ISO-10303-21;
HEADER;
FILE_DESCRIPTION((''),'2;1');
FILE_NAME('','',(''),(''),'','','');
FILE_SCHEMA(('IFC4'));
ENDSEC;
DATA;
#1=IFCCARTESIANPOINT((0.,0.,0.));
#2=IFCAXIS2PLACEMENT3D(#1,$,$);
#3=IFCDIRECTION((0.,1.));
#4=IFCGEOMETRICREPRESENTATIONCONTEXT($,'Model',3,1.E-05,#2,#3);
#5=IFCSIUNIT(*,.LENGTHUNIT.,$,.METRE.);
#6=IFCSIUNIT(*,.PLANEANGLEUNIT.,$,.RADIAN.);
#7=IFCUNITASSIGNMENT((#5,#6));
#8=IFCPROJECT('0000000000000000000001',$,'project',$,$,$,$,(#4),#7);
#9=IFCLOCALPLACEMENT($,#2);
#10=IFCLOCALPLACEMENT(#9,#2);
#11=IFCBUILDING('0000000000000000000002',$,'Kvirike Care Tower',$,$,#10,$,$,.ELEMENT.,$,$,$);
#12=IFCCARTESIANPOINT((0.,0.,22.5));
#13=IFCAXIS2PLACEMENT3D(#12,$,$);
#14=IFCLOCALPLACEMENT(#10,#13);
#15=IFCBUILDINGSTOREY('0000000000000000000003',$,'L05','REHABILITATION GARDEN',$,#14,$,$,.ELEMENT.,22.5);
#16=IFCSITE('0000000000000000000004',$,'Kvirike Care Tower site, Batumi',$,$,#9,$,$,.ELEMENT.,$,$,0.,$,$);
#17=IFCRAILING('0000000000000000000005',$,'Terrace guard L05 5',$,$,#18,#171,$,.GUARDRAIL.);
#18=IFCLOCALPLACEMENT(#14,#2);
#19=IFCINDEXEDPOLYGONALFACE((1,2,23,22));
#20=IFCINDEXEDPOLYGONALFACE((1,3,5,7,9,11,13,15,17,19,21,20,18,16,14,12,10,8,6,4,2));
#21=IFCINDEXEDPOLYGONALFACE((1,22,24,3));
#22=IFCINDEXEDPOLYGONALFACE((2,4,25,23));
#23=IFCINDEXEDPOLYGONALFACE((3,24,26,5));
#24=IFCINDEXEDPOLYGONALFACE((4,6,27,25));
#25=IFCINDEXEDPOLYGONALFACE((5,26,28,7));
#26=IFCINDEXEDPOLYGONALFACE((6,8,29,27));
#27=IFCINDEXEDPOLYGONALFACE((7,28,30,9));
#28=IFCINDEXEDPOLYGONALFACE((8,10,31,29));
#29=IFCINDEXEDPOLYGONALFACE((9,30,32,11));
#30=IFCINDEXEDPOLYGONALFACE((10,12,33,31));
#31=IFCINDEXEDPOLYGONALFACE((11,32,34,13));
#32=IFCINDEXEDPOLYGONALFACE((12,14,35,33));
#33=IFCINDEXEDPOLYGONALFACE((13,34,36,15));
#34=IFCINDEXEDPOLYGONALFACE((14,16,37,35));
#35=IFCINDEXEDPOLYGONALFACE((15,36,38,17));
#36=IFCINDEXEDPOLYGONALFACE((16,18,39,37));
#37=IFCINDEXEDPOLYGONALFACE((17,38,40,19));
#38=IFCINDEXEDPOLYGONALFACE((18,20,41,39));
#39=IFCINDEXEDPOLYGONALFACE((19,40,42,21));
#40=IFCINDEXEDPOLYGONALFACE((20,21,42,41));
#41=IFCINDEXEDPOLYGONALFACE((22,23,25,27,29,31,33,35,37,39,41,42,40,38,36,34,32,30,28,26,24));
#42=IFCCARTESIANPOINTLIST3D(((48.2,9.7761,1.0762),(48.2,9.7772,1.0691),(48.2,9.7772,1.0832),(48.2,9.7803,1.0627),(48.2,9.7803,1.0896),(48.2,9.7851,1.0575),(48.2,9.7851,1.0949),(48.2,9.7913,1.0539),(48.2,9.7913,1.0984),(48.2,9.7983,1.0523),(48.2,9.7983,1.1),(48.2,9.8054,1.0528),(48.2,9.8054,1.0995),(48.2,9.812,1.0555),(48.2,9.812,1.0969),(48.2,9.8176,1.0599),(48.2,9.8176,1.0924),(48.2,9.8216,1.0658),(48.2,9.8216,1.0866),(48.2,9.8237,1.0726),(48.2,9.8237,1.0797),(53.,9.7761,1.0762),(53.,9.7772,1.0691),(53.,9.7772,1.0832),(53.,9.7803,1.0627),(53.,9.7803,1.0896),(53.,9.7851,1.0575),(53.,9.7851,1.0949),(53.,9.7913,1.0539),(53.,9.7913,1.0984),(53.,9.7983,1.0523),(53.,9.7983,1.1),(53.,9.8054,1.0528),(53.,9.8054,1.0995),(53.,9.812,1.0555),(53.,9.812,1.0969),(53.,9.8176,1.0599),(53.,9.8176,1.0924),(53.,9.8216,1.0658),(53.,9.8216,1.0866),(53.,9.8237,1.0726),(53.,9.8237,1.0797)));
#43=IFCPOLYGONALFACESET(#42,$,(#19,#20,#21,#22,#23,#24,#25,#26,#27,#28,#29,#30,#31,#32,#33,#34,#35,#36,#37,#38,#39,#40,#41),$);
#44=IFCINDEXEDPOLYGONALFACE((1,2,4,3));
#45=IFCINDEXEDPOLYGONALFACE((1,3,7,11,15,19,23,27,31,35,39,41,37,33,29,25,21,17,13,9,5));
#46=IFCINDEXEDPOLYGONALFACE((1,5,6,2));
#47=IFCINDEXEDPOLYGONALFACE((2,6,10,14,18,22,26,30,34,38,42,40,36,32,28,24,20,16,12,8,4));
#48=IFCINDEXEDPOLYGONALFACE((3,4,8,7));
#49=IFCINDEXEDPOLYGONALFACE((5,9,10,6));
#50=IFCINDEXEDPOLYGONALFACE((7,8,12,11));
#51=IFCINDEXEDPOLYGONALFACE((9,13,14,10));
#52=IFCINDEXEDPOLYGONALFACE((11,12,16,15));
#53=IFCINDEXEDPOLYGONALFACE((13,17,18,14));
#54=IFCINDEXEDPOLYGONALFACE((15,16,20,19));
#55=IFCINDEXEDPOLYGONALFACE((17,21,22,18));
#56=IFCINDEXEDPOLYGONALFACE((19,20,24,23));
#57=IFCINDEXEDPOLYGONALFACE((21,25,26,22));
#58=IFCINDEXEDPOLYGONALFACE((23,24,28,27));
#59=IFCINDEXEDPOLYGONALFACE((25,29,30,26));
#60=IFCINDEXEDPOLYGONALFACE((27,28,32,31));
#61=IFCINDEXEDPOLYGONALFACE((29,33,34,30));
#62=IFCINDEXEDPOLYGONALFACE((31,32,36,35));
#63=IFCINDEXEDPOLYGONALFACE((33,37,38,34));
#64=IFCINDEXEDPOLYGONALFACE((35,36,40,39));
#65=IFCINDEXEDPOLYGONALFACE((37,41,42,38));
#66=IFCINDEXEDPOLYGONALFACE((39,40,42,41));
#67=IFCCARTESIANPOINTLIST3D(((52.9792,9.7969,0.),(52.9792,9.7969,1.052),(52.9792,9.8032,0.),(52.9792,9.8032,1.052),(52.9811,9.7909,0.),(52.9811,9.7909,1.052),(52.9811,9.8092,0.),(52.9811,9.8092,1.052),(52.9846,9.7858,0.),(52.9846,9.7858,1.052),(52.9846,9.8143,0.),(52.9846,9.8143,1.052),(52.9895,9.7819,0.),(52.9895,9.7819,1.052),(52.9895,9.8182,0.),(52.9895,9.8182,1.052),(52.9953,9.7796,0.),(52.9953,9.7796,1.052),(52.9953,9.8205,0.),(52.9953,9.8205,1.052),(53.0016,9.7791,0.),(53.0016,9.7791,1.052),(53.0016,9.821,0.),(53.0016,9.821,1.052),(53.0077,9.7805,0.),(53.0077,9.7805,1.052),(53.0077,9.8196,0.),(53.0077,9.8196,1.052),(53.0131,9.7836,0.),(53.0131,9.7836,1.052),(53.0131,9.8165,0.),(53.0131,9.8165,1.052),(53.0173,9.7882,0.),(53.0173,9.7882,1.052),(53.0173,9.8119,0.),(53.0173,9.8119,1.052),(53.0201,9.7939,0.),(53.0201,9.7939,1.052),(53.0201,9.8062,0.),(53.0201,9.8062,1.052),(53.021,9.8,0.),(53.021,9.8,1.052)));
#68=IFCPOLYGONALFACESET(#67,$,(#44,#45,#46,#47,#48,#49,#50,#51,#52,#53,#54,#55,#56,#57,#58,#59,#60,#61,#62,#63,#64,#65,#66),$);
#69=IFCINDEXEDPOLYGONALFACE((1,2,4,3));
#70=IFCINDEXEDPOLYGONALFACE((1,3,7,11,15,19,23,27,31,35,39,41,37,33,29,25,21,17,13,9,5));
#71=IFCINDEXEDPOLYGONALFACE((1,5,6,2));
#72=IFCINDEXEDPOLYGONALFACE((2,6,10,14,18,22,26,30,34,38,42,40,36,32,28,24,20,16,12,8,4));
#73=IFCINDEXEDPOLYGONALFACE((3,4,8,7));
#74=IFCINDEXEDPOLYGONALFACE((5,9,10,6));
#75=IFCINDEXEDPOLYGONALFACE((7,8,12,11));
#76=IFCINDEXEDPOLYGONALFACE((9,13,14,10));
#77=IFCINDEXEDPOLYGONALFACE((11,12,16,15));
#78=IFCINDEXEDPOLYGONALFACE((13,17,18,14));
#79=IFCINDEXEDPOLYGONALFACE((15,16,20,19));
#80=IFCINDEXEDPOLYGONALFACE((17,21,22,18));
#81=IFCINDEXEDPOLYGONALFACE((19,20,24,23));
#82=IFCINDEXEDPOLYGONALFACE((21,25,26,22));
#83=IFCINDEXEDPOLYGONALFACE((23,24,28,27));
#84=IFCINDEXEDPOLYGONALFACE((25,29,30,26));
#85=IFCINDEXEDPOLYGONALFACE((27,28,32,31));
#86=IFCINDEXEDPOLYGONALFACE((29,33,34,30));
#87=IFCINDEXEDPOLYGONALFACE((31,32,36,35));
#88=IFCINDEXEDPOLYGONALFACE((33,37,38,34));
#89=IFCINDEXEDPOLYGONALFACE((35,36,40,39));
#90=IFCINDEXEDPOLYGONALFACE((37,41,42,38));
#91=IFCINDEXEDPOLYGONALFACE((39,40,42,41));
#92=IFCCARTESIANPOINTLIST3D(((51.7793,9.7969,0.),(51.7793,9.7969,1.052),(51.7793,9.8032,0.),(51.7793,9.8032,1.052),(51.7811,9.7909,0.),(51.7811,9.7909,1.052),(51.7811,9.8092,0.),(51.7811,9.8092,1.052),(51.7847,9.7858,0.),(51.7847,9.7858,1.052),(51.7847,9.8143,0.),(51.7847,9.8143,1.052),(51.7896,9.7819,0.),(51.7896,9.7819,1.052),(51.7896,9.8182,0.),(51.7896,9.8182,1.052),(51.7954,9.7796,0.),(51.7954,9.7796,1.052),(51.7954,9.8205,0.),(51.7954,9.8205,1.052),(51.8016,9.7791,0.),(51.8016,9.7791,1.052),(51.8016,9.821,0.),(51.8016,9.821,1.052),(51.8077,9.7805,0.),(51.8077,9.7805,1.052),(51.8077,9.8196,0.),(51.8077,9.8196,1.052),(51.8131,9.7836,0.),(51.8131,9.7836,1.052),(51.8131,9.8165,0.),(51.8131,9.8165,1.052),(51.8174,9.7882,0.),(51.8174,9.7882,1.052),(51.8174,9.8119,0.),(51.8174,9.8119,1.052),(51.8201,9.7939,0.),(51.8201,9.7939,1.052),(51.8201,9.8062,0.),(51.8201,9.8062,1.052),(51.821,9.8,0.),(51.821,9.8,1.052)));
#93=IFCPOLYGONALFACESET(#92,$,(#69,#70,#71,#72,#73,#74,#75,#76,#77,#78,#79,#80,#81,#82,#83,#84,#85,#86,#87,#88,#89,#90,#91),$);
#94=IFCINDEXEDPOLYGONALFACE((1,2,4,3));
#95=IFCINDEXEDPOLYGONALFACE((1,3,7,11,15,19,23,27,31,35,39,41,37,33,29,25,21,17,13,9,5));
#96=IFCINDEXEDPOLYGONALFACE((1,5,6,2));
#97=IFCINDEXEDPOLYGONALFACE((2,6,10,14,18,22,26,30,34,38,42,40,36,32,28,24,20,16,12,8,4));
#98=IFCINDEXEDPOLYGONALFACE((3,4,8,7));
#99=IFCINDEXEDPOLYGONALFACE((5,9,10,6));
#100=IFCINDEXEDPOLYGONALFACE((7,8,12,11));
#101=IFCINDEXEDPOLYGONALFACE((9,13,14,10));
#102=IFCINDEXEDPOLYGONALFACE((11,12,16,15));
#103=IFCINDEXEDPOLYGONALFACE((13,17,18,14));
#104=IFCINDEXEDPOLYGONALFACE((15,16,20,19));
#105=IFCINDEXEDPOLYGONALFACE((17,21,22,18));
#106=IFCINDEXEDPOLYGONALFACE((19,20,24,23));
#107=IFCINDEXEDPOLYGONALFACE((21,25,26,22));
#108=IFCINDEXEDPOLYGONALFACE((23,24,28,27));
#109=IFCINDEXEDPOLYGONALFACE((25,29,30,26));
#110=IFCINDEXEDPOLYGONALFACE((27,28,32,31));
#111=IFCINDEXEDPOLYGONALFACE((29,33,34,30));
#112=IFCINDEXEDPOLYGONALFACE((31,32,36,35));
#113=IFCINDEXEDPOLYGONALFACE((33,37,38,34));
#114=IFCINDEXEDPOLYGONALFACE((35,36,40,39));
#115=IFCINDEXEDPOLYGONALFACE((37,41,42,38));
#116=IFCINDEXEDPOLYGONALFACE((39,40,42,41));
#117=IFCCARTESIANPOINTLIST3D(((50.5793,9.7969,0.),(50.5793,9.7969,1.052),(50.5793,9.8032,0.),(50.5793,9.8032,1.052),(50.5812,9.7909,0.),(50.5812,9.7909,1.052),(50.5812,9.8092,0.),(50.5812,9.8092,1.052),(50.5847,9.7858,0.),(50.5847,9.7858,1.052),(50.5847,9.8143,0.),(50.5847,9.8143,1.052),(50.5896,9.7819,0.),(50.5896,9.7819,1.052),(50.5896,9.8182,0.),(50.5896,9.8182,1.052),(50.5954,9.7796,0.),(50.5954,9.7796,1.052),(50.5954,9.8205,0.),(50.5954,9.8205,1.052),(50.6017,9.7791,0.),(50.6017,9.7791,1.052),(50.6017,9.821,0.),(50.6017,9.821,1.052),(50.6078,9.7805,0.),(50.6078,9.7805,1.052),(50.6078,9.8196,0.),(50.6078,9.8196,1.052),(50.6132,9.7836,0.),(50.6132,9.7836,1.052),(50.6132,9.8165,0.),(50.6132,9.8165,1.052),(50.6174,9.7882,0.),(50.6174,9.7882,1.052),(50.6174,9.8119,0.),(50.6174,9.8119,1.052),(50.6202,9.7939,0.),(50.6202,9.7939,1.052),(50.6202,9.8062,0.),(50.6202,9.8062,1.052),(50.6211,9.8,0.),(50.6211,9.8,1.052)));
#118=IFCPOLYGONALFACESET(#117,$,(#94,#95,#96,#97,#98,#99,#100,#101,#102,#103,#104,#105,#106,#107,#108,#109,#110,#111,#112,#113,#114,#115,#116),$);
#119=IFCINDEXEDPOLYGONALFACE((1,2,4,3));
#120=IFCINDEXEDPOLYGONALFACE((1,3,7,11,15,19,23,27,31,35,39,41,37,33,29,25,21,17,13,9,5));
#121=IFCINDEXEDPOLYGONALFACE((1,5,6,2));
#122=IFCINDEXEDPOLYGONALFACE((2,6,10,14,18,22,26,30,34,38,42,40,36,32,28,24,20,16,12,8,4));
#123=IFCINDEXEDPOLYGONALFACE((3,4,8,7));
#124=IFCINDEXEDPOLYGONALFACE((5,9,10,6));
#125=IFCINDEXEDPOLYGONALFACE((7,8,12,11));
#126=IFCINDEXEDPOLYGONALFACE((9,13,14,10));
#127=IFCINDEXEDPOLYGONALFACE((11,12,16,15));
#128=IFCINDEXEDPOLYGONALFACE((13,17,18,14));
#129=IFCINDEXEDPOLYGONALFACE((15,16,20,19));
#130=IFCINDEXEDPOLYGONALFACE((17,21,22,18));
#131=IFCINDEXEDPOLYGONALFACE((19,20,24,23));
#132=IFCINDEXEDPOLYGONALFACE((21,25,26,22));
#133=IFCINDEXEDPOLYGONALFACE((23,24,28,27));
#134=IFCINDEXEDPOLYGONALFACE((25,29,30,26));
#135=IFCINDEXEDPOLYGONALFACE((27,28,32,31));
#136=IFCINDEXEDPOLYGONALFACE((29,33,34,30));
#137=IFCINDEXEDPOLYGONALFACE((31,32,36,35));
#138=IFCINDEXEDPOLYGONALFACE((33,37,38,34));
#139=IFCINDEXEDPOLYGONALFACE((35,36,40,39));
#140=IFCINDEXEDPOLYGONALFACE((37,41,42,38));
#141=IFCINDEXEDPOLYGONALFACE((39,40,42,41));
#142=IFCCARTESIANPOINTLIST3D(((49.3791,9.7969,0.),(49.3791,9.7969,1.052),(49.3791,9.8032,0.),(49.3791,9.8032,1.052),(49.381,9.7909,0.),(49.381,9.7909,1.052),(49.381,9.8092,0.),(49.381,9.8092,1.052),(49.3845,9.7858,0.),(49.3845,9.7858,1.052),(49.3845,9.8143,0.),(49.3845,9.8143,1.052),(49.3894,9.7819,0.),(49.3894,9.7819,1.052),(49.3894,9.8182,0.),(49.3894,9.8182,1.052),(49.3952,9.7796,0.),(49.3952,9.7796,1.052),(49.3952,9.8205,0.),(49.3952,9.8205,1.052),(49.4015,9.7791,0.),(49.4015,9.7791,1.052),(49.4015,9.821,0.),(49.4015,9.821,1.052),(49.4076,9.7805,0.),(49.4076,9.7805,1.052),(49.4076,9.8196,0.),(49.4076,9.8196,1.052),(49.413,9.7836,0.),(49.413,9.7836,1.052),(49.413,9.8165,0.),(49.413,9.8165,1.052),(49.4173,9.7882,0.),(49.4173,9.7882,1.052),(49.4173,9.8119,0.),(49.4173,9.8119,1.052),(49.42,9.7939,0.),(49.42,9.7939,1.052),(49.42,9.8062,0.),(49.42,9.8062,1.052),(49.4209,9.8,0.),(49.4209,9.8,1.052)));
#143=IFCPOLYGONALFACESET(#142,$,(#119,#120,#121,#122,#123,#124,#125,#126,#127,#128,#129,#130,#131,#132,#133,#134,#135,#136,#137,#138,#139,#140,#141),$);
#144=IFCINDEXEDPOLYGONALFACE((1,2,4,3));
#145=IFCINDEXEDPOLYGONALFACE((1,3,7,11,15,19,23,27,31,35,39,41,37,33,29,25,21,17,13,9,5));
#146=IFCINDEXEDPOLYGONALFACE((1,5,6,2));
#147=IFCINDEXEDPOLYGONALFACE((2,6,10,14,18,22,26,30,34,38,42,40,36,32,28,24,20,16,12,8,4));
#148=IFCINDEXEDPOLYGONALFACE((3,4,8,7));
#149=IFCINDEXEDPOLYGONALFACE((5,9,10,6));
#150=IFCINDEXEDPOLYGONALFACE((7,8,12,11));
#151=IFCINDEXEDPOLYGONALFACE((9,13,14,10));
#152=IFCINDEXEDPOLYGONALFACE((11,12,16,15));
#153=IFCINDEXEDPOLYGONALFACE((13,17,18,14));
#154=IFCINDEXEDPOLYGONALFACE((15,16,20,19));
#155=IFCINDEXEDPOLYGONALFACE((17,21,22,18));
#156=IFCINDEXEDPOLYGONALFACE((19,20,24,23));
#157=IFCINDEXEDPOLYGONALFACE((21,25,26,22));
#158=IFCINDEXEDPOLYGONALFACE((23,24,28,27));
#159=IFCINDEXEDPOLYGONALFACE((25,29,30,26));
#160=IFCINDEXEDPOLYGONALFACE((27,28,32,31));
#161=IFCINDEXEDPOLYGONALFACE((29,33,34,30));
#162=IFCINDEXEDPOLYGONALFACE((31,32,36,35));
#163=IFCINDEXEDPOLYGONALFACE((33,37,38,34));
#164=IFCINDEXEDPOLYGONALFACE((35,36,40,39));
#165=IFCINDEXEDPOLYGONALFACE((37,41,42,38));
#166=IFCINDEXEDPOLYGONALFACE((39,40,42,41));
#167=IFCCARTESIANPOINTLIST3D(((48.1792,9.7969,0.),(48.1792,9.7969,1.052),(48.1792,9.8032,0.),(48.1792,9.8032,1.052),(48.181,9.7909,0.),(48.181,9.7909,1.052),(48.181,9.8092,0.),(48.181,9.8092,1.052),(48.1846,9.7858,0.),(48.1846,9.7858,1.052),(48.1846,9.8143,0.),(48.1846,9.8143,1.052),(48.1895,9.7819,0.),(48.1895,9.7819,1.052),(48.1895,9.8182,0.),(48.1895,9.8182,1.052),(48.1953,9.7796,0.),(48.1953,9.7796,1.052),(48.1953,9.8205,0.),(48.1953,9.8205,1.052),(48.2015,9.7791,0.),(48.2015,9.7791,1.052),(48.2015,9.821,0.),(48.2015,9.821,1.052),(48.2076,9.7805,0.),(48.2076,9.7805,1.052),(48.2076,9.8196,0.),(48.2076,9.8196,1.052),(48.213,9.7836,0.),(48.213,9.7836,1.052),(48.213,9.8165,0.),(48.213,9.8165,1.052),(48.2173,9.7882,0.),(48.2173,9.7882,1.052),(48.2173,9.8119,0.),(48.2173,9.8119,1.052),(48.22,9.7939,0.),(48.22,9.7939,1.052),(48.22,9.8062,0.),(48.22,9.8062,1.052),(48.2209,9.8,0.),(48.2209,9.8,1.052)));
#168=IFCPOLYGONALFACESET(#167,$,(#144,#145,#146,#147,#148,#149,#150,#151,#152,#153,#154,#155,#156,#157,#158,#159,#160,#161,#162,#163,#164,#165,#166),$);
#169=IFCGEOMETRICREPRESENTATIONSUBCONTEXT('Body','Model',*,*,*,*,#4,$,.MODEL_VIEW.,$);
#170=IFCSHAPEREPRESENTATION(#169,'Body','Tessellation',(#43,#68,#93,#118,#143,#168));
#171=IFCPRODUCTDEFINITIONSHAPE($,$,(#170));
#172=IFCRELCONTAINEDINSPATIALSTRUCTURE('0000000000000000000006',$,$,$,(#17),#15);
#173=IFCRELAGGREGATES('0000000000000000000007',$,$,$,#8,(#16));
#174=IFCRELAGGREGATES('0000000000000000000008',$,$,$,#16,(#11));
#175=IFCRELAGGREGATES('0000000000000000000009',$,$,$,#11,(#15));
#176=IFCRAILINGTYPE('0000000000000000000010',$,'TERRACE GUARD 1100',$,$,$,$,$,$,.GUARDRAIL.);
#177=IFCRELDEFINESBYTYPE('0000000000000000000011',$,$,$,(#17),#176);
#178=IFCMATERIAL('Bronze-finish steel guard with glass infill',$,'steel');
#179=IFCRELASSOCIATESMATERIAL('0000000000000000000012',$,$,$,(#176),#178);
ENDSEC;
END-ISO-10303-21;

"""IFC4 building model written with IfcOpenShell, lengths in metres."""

from ifc_helpers import new_model, si_unit, direction, frame, origin, origin_2d, place, context, subcontext, project, spatial, circle, extrude, material, type_object, element, save


model = new_model("IFC4")

# Units and contexts
model_context = context("Model", 3, precision=1e-05, world=origin(), true_north=direction((0.0, 1.0)))
body_context = subcontext(model_context, "Body", "Model", "MODEL_VIEW")
ifc_project = project(units=[si_unit("LENGTHUNIT", "METRE"), si_unit("PLANEANGLEUNIT", "RADIAN")], contexts=[model_context])

# Site, building, storey
site_placement = place(None, origin())
site = spatial("IfcSite", under=ifc_project, at=site_placement, Name="Kvirike Care Tower site, Batumi", CompositionType="ELEMENT", RefElevation=0.0)
building_placement = place(site_placement, origin())
building = spatial("IfcBuilding", under=site, at=building_placement, Name="Kvirike Care Tower", CompositionType="ELEMENT")
storey_placement = place(building_placement, frame((0.0, 0.0, 22.5)))
storey = spatial("IfcBuildingStorey", under=building, at=storey_placement, Name="L05", Description="REHABILITATION GARDEN", CompositionType="ELEMENT", Elevation=22.5)

# Railing
ifc_material_1 = material(Name="Bronze-finish steel guard with glass infill", Category="steel")
railing_type = type_object("IfcRailingType", Name="TERRACE GUARD 1100", PredefinedType="GUARDRAIL", material=ifc_material_1)
railing_1_placement = place(storey_placement, frame((53.0, 9.8, 0.0)))
element("IfcRailing", 1, at=railing_1_placement, inside=storey, type_object=railing_type, Name="Terrace guard L05 5", PredefinedType="GUARDRAIL", context=body_context, shape_type="SweptSolid", body=[
    extrude(circle(Radius=0.0239, at=origin_2d()), frame((0.0, 0.0, 1.0762), z_axis=(-1.0, 0.0, 0.0), x_axis=(0.0, -1.0, 0.0)), (0.0, 0.0, 1.0), 4.8),
    extrude(circle(Radius=0.021, at=origin_2d()), origin(), (0.0, 0.0, 1.0), 1.052),
    extrude(circle(Radius=0.021, at=origin_2d()), frame((-1.2, 0.0, 0.0)), (0.0, 0.0, 1.0), 1.052),
    extrude(circle(Radius=0.021, at=origin_2d()), frame((-2.3999, 0.0, 0.0)), (0.0, 0.0, 1.0), 1.052),
    extrude(circle(Radius=0.021, at=origin_2d()), frame((-3.6001, 0.0, 0.0)), (0.0, 0.0, 1.0), 1.052),
    extrude(circle(Radius=0.021, at=origin_2d()), frame((-4.8, 0.0, 0.0)), (0.0, 0.0, 1.0), 1.052),
])

save(model, "model.ifc")
